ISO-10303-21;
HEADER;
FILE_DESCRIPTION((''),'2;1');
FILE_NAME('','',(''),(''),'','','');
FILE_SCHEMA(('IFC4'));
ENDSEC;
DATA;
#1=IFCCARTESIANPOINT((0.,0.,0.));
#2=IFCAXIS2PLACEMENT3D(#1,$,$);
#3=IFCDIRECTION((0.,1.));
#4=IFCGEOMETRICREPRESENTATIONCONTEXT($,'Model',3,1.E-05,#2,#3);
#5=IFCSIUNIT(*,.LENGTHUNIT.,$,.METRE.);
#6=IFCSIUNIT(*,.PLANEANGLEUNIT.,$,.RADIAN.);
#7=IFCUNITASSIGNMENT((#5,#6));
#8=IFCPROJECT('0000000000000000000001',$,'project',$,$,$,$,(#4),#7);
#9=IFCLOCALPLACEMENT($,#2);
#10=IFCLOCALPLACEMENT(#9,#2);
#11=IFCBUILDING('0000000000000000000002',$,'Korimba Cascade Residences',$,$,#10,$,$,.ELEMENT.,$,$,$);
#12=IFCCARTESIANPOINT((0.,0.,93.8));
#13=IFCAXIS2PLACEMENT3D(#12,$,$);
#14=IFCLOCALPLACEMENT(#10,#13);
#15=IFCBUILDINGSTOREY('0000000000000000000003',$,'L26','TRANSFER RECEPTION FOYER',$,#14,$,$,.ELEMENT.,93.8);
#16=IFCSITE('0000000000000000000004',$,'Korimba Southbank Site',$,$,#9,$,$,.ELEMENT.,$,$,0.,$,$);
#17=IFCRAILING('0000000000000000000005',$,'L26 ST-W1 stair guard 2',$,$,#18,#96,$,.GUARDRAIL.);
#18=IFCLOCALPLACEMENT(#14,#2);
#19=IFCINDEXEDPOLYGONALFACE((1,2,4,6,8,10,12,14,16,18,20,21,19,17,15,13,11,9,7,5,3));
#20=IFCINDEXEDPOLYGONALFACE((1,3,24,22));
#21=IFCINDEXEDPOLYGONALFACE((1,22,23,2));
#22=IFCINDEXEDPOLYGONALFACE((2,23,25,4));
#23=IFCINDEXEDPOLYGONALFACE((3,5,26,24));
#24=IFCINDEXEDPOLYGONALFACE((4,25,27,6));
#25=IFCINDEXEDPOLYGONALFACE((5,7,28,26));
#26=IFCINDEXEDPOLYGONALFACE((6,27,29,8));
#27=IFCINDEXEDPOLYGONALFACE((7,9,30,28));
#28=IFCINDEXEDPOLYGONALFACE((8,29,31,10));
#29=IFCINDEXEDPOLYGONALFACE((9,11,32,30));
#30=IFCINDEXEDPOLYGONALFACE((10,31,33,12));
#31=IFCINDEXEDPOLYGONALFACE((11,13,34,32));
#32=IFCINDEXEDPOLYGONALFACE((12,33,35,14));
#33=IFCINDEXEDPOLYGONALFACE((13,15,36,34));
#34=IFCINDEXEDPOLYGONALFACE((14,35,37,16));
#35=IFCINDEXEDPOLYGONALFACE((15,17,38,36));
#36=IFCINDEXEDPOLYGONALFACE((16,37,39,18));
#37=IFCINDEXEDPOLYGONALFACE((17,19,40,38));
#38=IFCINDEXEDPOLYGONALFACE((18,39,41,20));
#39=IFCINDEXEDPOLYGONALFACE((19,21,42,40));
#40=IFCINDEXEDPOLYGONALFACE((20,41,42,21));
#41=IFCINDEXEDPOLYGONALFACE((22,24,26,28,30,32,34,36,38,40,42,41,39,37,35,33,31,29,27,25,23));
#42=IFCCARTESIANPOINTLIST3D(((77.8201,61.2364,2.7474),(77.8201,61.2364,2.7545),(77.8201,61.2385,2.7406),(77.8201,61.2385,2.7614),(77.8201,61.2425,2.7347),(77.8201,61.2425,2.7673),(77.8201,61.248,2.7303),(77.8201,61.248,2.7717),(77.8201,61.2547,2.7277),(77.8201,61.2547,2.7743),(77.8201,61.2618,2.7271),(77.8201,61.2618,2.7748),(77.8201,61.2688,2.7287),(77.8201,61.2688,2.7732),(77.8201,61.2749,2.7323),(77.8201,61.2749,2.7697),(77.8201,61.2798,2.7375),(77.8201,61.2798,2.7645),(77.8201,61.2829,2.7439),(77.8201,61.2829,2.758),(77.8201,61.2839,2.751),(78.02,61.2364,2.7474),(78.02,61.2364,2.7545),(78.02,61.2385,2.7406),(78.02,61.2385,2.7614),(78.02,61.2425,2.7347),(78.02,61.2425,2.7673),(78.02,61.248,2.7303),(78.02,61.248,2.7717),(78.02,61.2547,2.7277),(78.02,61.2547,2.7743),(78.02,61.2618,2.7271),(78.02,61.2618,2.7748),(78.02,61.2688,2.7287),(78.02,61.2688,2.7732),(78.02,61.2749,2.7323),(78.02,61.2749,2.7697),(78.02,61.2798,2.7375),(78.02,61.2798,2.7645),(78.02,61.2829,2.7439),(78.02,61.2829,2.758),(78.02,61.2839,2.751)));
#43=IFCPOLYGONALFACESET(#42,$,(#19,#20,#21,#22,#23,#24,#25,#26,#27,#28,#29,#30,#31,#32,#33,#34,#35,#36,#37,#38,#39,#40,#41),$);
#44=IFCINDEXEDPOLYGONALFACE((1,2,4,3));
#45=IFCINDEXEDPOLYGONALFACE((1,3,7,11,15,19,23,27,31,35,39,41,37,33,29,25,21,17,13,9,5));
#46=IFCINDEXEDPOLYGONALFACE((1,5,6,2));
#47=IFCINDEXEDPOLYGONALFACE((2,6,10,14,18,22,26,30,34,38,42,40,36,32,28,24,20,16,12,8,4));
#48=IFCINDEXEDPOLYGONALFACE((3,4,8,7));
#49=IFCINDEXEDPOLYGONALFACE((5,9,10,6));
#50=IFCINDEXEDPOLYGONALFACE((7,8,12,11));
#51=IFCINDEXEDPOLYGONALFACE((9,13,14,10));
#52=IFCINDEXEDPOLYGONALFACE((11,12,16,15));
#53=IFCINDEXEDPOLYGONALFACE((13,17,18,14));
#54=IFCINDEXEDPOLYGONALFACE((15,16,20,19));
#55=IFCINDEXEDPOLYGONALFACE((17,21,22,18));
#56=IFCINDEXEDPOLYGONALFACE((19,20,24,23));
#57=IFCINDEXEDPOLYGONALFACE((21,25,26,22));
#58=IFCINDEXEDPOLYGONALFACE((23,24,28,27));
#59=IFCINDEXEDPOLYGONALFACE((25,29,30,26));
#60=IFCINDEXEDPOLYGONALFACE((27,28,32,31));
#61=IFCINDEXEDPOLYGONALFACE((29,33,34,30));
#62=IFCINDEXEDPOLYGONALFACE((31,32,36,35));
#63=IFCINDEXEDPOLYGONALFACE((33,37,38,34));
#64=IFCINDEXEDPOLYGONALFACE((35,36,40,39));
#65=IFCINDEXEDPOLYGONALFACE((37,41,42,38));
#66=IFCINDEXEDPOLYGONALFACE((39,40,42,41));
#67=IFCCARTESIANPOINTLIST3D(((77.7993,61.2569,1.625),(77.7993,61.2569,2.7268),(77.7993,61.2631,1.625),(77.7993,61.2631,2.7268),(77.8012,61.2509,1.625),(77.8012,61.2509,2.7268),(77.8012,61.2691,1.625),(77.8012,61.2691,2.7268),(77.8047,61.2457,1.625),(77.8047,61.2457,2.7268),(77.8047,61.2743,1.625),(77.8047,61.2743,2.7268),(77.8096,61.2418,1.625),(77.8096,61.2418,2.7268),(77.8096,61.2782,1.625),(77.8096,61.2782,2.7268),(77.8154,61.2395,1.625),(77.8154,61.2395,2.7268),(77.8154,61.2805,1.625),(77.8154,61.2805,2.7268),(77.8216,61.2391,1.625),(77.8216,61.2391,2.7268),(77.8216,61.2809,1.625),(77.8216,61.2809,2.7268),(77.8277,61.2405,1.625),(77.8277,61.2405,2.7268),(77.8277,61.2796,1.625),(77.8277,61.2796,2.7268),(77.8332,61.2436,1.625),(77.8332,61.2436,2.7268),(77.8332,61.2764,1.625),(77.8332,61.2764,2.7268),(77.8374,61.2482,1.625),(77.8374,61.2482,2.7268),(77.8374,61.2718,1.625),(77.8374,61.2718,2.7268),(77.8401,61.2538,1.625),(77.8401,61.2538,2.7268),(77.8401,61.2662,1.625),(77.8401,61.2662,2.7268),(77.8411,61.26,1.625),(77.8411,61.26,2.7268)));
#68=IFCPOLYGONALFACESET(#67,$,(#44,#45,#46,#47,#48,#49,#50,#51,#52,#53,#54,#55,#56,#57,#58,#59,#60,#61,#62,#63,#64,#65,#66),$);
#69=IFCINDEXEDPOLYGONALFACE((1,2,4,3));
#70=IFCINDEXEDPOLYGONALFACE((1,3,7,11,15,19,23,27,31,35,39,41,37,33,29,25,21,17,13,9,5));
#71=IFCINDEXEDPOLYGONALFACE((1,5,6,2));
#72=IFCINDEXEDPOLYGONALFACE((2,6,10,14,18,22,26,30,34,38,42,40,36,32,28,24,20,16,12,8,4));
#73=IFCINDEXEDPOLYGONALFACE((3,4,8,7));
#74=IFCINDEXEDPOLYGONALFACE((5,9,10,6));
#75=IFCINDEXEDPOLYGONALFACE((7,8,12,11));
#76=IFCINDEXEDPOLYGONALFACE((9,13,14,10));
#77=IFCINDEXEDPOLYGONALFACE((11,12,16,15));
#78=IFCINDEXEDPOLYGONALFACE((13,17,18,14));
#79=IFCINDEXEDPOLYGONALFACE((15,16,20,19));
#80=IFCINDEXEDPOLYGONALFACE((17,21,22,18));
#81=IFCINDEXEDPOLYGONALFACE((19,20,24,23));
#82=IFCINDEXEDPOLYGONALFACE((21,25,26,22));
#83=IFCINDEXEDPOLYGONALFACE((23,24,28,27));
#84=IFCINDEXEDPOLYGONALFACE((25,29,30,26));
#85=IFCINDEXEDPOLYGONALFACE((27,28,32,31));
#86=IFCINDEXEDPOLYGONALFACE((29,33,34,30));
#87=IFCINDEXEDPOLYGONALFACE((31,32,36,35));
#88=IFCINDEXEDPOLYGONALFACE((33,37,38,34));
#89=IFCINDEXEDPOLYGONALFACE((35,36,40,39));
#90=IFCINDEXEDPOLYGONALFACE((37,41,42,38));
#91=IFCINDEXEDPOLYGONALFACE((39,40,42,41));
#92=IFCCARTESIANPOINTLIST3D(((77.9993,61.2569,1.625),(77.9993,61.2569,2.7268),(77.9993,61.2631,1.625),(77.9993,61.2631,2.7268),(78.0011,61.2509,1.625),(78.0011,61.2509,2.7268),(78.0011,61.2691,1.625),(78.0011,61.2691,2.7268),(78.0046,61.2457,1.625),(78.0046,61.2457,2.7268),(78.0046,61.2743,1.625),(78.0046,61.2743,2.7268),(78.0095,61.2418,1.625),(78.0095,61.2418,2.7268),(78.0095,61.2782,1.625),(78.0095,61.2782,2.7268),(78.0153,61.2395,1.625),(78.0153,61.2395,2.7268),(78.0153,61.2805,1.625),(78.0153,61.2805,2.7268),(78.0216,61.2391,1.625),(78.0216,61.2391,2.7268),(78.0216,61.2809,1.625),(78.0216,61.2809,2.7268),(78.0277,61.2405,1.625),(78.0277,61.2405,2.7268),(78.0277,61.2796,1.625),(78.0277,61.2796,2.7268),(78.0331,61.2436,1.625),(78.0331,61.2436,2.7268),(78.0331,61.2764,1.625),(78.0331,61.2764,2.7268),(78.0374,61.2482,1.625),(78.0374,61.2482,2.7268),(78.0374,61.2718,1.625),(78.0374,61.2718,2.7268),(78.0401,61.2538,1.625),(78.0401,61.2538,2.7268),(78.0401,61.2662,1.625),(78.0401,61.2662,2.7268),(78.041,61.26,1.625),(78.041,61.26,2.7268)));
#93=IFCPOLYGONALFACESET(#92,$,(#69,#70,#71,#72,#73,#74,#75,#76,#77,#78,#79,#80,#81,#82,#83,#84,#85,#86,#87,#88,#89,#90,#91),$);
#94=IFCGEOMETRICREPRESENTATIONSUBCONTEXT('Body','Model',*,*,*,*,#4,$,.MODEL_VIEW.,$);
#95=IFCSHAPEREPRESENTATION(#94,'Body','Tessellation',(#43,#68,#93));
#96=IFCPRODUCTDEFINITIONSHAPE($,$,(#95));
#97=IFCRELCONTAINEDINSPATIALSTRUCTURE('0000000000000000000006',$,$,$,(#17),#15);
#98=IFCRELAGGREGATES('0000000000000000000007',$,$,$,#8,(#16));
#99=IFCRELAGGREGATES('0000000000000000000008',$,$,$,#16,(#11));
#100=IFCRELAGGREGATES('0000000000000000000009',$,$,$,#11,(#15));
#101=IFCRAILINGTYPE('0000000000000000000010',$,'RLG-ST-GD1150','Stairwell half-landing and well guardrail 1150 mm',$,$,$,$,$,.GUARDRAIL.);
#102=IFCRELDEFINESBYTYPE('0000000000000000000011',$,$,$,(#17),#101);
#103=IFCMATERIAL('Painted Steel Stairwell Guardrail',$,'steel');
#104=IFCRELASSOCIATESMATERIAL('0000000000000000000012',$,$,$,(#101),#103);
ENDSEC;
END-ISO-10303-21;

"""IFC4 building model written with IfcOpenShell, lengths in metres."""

from ifc_helpers import new_model, si_unit, direction, frame, origin, origin_2d, place, context, subcontext, project, spatial, circle, extrude, material, type_object, element, save


model = new_model("IFC4")

# Units and contexts
model_context = context("Model", 3, precision=1e-05, world=origin(), true_north=direction((0.0, 1.0)))
body_context = subcontext(model_context, "Body", "Model", "MODEL_VIEW")
ifc_project = project(units=[si_unit("LENGTHUNIT", "METRE"), si_unit("PLANEANGLEUNIT", "RADIAN")], contexts=[model_context])

# Site, building, storey
site_placement = place(None, origin())
site = spatial("IfcSite", under=ifc_project, at=site_placement, Name="Korimba Southbank Site", CompositionType="ELEMENT", RefElevation=0.0)
building_placement = place(site_placement, origin())
building = spatial("IfcBuilding", under=site, at=building_placement, Name="Korimba Cascade Residences", CompositionType="ELEMENT")
storey_placement = place(building_placement, frame((0.0, 0.0, 93.8)))
storey = spatial("IfcBuildingStorey", under=building, at=storey_placement, Name="L26", Description="TRANSFER RECEPTION FOYER", CompositionType="ELEMENT", Elevation=93.8)

# Railing
ifc_material_1 = material(Name="Painted Steel Stairwell Guardrail", Category="steel")
railing_type_1 = type_object("IfcRailingType", Name="RLG-ST-GD1150", Description="Stairwell half-landing and well guardrail 1150 mm", PredefinedType="GUARDRAIL", material=ifc_material_1)
railing_1_placement = place(storey_placement, frame((77.8201, 61.26, 1.625)))
element("IfcRailing", 1, at=railing_1_placement, inside=storey, type_object=railing_type_1, Name="L26 ST-W1 stair guard 2", PredefinedType="GUARDRAIL", context=body_context, shape_type="SweptSolid", body=[
    extrude(circle(Radius=0.0239, at=origin_2d()), frame((0.0, 0.0, 1.126), z_axis=(1.0, 0.0, 0.0), x_axis=(0.0, 1.0, 0.0)), (0.0, 0.0, 1.0), 0.2),
    extrude(circle(Radius=0.021, at=origin_2d()), origin(), (0.0, 0.0, 1.0), 1.1018),
    extrude(circle(Radius=0.021, at=origin_2d()), frame((0.2, 0.0, 0.0)), (0.0, 0.0, 1.0), 1.1018),
])

save(model, "model.ifc")
